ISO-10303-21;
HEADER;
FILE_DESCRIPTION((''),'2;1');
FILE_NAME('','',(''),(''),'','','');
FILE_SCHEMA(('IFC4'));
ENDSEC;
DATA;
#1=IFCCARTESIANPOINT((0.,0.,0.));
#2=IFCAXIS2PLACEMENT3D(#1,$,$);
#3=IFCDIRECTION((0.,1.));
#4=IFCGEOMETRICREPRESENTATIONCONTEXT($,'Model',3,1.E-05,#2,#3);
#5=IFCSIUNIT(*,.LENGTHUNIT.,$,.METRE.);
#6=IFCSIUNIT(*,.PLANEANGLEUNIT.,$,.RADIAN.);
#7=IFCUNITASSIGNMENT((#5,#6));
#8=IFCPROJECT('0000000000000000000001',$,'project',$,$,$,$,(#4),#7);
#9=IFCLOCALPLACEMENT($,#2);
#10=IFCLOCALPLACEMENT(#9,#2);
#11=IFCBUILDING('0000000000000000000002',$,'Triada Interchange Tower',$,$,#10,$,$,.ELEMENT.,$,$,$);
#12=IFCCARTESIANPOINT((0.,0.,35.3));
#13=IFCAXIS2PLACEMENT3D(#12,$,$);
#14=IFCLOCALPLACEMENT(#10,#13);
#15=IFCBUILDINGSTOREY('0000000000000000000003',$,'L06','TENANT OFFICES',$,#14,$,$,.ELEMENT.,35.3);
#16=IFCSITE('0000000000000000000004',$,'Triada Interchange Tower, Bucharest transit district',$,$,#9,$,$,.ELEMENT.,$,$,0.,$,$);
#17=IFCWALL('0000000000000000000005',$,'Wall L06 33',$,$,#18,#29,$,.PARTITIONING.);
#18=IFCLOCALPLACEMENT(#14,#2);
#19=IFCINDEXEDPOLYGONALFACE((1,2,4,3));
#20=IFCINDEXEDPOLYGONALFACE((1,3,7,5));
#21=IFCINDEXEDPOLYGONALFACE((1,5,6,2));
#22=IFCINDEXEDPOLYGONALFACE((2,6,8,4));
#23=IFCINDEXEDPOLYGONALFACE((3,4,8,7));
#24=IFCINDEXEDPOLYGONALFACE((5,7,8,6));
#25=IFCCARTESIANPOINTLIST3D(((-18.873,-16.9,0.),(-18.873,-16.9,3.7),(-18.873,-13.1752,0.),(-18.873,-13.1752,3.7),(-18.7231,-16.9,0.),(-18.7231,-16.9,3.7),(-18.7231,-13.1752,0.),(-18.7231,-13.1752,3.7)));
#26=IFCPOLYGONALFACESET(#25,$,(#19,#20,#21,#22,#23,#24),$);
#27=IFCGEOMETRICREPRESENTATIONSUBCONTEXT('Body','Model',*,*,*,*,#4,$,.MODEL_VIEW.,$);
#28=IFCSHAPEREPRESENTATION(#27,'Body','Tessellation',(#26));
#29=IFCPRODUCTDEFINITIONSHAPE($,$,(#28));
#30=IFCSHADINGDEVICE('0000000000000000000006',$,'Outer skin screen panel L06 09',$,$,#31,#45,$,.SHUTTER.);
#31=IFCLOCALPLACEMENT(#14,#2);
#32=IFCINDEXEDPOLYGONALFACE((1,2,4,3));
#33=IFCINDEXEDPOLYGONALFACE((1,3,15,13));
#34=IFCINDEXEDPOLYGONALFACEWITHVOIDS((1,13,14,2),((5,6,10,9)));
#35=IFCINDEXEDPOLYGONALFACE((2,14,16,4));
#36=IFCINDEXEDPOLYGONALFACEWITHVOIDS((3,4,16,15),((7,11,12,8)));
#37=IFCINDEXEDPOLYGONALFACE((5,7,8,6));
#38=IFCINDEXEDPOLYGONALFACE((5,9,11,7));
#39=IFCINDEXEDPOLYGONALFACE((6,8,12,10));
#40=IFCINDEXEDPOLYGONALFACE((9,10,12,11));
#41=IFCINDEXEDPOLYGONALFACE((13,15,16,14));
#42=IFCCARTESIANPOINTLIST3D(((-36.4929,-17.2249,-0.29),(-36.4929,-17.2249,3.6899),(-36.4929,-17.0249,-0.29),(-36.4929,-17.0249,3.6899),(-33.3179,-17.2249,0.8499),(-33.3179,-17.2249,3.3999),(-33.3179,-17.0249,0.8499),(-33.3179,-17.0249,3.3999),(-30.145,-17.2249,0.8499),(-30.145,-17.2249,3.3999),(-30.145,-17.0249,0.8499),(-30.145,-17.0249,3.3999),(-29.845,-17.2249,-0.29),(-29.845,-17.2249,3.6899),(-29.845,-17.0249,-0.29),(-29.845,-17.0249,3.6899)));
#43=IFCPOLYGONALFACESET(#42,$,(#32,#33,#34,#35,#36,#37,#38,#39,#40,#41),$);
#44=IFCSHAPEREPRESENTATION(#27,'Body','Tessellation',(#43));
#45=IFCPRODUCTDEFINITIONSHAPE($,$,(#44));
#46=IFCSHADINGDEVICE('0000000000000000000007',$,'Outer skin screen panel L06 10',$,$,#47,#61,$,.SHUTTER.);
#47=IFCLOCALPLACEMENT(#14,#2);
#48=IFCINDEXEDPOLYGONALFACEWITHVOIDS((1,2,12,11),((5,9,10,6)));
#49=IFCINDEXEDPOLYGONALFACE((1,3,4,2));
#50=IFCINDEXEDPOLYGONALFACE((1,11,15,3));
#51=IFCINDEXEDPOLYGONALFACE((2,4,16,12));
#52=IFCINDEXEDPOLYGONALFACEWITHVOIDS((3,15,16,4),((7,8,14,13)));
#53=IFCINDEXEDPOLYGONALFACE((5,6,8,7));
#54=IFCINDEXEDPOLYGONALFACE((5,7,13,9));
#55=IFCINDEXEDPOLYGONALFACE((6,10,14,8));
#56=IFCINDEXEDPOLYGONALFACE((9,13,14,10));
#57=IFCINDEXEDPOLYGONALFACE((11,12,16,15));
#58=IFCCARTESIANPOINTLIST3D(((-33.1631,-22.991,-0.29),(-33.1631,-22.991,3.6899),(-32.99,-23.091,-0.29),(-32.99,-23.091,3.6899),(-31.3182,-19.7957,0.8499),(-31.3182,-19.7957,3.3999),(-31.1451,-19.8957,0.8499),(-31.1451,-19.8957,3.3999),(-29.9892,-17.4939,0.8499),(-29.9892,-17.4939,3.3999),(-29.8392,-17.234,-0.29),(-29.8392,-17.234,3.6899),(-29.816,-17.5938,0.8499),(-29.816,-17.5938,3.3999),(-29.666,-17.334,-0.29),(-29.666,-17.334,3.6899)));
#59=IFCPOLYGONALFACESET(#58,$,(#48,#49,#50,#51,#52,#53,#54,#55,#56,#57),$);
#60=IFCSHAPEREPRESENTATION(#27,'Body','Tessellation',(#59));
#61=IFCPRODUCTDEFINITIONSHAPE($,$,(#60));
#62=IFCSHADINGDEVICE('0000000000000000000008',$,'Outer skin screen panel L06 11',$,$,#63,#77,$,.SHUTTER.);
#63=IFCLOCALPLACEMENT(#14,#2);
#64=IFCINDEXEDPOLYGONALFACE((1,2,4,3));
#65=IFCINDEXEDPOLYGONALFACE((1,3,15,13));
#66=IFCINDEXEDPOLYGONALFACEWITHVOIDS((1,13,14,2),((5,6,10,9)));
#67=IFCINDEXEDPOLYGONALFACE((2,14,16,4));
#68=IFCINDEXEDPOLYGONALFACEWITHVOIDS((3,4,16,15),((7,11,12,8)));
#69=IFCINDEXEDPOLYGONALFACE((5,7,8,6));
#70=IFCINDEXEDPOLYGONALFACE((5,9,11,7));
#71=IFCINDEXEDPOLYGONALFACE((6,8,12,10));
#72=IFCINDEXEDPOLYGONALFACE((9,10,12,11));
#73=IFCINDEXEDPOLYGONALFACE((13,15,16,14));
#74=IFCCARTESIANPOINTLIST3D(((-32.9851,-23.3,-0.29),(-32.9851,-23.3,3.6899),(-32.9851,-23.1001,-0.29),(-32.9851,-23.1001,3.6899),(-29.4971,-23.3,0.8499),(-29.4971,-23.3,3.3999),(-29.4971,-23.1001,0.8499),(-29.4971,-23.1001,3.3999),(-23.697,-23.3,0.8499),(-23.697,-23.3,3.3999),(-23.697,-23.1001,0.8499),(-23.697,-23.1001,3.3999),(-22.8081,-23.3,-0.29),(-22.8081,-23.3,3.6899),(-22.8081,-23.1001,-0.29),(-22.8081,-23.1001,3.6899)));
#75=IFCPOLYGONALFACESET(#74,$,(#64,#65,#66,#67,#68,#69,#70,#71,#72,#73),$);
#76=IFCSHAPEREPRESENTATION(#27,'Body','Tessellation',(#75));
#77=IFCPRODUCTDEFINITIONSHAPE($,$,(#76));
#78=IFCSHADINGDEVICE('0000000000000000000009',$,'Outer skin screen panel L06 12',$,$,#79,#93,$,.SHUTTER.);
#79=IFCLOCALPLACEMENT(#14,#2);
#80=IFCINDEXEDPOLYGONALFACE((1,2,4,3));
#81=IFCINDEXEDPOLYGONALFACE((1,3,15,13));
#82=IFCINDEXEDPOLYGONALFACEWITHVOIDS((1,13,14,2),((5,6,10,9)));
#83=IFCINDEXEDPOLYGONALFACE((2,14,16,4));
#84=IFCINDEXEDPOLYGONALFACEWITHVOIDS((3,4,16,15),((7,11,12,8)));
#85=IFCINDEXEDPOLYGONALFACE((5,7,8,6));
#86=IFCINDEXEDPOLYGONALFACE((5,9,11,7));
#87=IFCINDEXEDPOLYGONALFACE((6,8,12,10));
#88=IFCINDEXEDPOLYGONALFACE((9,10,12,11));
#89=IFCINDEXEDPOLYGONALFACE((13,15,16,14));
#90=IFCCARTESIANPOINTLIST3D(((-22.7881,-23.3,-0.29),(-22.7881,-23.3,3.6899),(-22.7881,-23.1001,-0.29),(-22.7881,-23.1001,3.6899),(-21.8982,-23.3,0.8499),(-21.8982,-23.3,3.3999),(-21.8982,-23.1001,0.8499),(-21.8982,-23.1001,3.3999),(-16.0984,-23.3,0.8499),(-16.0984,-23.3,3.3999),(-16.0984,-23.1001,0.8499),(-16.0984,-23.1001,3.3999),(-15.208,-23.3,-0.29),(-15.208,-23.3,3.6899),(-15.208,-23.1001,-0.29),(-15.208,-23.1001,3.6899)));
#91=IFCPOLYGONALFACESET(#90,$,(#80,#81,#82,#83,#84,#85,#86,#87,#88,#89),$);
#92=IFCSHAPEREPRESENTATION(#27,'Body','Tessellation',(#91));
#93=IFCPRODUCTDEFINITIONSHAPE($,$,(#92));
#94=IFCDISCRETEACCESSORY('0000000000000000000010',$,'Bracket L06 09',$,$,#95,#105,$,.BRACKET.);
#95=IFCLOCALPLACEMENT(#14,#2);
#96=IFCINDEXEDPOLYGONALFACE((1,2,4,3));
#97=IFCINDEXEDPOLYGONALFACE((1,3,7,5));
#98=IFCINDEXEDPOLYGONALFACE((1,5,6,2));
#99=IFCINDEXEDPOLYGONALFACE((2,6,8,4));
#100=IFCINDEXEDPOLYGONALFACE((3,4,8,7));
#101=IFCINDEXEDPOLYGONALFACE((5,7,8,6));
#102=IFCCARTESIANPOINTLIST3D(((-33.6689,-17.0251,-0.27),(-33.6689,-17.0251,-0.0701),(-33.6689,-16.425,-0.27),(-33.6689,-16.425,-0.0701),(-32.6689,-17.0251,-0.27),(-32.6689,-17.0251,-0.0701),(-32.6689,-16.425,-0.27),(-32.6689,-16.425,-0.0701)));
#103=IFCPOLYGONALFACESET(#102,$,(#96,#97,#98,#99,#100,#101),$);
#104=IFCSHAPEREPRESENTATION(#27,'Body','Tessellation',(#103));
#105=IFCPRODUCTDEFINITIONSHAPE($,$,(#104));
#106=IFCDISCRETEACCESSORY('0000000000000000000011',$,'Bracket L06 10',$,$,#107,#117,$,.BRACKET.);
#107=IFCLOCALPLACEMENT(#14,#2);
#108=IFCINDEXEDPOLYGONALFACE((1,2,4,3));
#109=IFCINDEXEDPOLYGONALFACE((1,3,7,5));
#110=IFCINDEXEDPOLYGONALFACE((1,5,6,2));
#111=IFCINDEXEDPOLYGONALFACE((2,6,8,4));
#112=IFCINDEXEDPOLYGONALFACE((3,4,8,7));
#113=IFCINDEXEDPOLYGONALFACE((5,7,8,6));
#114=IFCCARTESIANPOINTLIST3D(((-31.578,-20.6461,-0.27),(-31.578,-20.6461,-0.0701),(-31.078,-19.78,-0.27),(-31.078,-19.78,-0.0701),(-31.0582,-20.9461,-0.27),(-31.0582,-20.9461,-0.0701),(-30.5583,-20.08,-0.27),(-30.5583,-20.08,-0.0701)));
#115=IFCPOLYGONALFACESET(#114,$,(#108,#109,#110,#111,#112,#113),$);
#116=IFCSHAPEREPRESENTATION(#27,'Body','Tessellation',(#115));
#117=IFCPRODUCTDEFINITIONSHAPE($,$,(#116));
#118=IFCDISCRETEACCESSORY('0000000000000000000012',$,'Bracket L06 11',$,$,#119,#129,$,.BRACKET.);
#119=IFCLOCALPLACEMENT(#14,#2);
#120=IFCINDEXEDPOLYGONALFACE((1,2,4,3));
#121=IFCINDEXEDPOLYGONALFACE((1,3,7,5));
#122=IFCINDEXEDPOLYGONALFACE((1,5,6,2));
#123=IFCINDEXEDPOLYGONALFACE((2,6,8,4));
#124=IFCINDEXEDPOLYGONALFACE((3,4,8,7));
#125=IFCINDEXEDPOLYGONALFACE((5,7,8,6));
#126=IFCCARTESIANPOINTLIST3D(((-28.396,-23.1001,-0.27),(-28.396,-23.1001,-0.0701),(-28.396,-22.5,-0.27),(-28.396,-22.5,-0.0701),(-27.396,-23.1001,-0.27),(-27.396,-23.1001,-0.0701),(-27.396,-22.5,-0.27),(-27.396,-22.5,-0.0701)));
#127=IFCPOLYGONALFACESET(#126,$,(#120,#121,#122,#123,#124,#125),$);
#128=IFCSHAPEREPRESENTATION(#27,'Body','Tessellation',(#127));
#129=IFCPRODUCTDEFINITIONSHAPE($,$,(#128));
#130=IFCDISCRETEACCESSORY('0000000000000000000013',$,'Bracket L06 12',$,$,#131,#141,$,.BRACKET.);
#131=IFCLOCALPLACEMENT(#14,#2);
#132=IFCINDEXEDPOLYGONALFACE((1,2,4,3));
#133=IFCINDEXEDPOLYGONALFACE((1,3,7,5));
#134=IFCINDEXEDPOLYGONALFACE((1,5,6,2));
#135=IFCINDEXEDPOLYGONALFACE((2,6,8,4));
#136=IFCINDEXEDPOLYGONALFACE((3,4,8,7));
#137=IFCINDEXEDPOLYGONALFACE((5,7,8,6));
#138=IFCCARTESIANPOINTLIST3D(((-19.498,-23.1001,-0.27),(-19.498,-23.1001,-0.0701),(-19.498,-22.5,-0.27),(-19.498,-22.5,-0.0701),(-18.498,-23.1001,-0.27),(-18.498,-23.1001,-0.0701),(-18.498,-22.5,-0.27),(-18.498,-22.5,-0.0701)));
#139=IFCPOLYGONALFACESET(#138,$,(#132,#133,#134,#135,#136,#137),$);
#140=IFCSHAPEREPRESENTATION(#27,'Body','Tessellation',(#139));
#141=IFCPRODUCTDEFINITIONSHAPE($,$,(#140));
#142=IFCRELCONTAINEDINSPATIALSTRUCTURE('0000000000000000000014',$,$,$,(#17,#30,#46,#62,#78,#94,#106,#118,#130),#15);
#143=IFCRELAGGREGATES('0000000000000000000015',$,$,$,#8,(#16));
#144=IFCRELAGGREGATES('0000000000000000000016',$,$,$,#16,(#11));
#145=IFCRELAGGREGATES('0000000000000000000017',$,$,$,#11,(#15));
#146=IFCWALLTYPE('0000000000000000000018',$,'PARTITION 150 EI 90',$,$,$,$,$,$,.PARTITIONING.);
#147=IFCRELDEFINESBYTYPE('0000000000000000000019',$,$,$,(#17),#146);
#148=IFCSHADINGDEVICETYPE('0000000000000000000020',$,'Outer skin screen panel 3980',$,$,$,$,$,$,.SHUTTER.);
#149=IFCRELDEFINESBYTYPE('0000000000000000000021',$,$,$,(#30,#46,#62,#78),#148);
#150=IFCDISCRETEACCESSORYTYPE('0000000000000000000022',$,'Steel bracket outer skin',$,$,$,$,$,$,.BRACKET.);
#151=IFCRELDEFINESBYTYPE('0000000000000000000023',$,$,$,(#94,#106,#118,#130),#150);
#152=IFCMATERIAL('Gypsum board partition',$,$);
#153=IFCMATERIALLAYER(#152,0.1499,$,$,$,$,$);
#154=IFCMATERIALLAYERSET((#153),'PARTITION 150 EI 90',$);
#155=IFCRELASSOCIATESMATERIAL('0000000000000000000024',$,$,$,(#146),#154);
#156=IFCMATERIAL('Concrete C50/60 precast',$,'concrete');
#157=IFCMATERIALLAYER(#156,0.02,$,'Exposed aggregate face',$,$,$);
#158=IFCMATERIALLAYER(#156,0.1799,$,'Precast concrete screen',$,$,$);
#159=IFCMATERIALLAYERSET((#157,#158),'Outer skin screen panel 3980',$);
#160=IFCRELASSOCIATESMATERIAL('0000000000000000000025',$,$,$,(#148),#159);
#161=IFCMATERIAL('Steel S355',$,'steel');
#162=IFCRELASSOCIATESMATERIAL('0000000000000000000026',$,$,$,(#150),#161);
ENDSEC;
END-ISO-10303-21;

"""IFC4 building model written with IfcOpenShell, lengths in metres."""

from ifc_helpers import new_model, si_unit, direction, frame, frame_2d, origin, origin_2d, place, context, subcontext, project, spatial, polyline, rectangle, outline, extrude, material, layer, layer_set, type_object, element, save


model = new_model("IFC4")

# Units and contexts
model_context = context("Model", 3, precision=1e-05, world=origin(), true_north=direction((0.0, 1.0)))
body_context = subcontext(model_context, "Body", "Model", "MODEL_VIEW")
ifc_project = project(units=[si_unit("LENGTHUNIT", "METRE"), si_unit("PLANEANGLEUNIT", "RADIAN")], contexts=[model_context])

# Site, building, storey
site_placement = place(None, origin())
site = spatial("IfcSite", under=ifc_project, at=site_placement, Name="Triada Interchange Tower, Bucharest transit district", CompositionType="ELEMENT", RefElevation=0.0)
building_placement = place(site_placement, origin())
building = spatial("IfcBuilding", under=site, at=building_placement, Name="Triada Interchange Tower", CompositionType="ELEMENT")
storey_placement = place(building_placement, frame((0.0, 0.0, 35.3)))
storey = spatial("IfcBuildingStorey", under=building, at=storey_placement, Name="L06", Description="TENANT OFFICES", CompositionType="ELEMENT", Elevation=35.3)

# Wall
ifc_material_1 = material(Name="Gypsum board partition")
ifc_layer_1 = layer(ifc_material_1, 0.1499)
ifc_layer_set_1 = layer_set([ifc_layer_1], Name="PARTITION 150 EI 90")
wall_type_1 = type_object("IfcWallType", Name="PARTITION 150 EI 90", PredefinedType="PARTITIONING", material=ifc_layer_set_1)
wall_1_placement = place(storey_placement, frame((-18.7981, -16.8999, 0.0), z_axis=(0.0, 0.0, 1.0), x_axis=(0.0, 1.0, 0.0)))
element("IfcWall", 1, at=wall_1_placement, inside=storey, type_object=wall_type_1, Name="Wall L06 33", PredefinedType="PARTITIONING", context=body_context, shape_type="SweptSolid", body=[
    extrude(rectangle(XDim=3.7249, YDim=0.1499, at=frame_2d((1.8623, 0.0))), origin(), (0.0, 0.0, 1.0), 3.7),
])

# Shading devices
ifc_material_2 = material(Name="Concrete C50/60 precast", Category="concrete")
ifc_layer_2 = layer(ifc_material_2, 0.02, Name="Exposed aggregate face")
ifc_layer_3 = layer(ifc_material_2, 0.1799, Name="Precast concrete screen")
ifc_layer_set_2 = layer_set([ifc_layer_2, ifc_layer_3], Name="Outer skin screen panel 3980")
shading_device_type = type_object("IfcShadingDeviceType", Name="Outer skin screen panel 3980", PredefinedType="SHUTTER", material=ifc_layer_set_2)
shading_device_1_placement = place(storey_placement, frame((-36.4929, -17.0249, -0.29), z_axis=(0.0, 0.0, 1.0), x_axis=(1.0, 0.0, 0.0)))
element("IfcShadingDevice", 2, at=shading_device_1_placement, inside=storey, type_object=shading_device_type, Name="Outer skin screen panel L06 09", PredefinedType="SHUTTER", context=body_context, shape_type="SweptSolid", body=[
    extrude(outline(polyline([(0.0, 0.0), (6.6479, 0.0), (6.6479, 3.98), (0.0, 3.98), (0.0, 0.0)]), holes=[polyline([(3.175, 1.1399), (3.175, 3.6899), (6.3479, 3.6899), (6.3479, 1.1399), (3.175, 1.1399)])]), frame((0.0, 0.0, 0.0), z_axis=(0.0, -1.0, 0.0), x_axis=(1.0, 0.0, 0.0)), (0.0, 0.0, 1.0), 0.2),
])
shading_device_2_placement = place(storey_placement, frame((-29.666, -17.334, -0.29), z_axis=(0.0, 0.0, 1.0), x_axis=(-0.500014, -0.866017, 0.0)))
element("IfcShadingDevice", 3, at=shading_device_2_placement, inside=storey, type_object=shading_device_type, Name="Outer skin screen panel L06 10", PredefinedType="SHUTTER", context=body_context, shape_type="SweptSolid", body=[
    extrude(outline(polyline([(0.0, 0.0), (6.6477, 0.0), (6.6477, 3.98), (0.0, 3.98), (0.0, 0.0)]), holes=[polyline([(0.3, 1.1399), (0.3, 3.6899), (2.958, 3.6899), (2.958, 1.1399), (0.3, 1.1399)])]), frame((0.0, 0.0, 0.0), z_axis=(0.0, -1.0, 0.0), x_axis=(1.0, 0.0, 0.0)), (0.0, 0.0, 1.0), 0.2),
])
shading_device_3_placement = place(storey_placement, frame((-32.9851, -23.1001, -0.29), z_axis=(0.0, 0.0, 1.0), x_axis=(1.0, 0.0, 0.0)))
element("IfcShadingDevice", 4, at=shading_device_3_placement, inside=storey, type_object=shading_device_type, Name="Outer skin screen panel L06 11", PredefinedType="SHUTTER", context=body_context, shape_type="SweptSolid", body=[
    extrude(outline(polyline([(0.0, 0.0), (10.177, 0.0), (10.177, 3.98), (0.0, 3.98), (0.0, 0.0)]), holes=[polyline([(3.488, 1.1399), (3.488, 3.6899), (9.2881, 3.6899), (9.2881, 1.1399), (3.488, 1.1399)])]), frame((0.0, 0.0, 0.0), z_axis=(0.0, -1.0, 0.0), x_axis=(1.0, 0.0, 0.0)), (0.0, 0.0, 1.0), 0.2),
])
shading_device_4_placement = place(storey_placement, frame((-22.7881, -23.1001, -0.29), z_axis=(0.0, 0.0, 1.0), x_axis=(1.0, 0.0, 0.0)))
element("IfcShadingDevice", 5, at=shading_device_4_placement, inside=storey, type_object=shading_device_type, Name="Outer skin screen panel L06 12", PredefinedType="SHUTTER", context=body_context, shape_type="SweptSolid", body=[
    extrude(outline(polyline([(0.0, 0.0), (7.5801, 0.0), (7.5801, 3.98), (0.0, 3.98), (0.0, 0.0)]), holes=[polyline([(0.8899, 1.1399), (0.8899, 3.6899), (6.6897, 3.6899), (6.6897, 1.1399), (0.8899, 1.1399)])]), frame((0.0, 0.0, 0.0), z_axis=(0.0, -1.0, 0.0), x_axis=(1.0, 0.0, 0.0)), (0.0, 0.0, 1.0), 0.2),
])

# Discrete accessories
ifc_material_3 = material(Name="Steel S355", Category="steel")
discrete_accessory_type = type_object("IfcDiscreteAccessoryType", Name="Steel bracket outer skin", PredefinedType="BRACKET", material=ifc_material_3)
for number, where, z_axis, x_axis, name in (
    (6, (-33.1689, -16.7251, -0.27), (0.0, 0.0, 1.0), (0.0, -1.0, 0.0), "Bracket L06 09"),
    (7, (-31.0681, -20.363, -0.27), (0.0, 0.0, 1.0), (-0.86605, 0.499957, 0.0), "Bracket L06 10"),
    (8, (-27.896, -22.8, -0.27), (0.0, 0.0, 1.0), (0.0, -1.0, 0.0), "Bracket L06 11"),
    (9, (-18.998, -22.8, -0.27), (0.0, 0.0, 1.0), (0.0, -1.0, 0.0), "Bracket L06 12"),
):
    element("IfcDiscreteAccessory", number, at=place(storey_placement, frame(where, z_axis=z_axis, x_axis=x_axis)), inside=storey, type_object=discrete_accessory_type, Name=name, PredefinedType="BRACKET", context=body_context, shape_type="SweptSolid", body=[
        extrude(rectangle(XDim=0.6001, YDim=1.0, at=origin_2d()), origin(), (0.0, 0.0, 1.0), 0.2),
    ])

save(model, "model.ifc")
